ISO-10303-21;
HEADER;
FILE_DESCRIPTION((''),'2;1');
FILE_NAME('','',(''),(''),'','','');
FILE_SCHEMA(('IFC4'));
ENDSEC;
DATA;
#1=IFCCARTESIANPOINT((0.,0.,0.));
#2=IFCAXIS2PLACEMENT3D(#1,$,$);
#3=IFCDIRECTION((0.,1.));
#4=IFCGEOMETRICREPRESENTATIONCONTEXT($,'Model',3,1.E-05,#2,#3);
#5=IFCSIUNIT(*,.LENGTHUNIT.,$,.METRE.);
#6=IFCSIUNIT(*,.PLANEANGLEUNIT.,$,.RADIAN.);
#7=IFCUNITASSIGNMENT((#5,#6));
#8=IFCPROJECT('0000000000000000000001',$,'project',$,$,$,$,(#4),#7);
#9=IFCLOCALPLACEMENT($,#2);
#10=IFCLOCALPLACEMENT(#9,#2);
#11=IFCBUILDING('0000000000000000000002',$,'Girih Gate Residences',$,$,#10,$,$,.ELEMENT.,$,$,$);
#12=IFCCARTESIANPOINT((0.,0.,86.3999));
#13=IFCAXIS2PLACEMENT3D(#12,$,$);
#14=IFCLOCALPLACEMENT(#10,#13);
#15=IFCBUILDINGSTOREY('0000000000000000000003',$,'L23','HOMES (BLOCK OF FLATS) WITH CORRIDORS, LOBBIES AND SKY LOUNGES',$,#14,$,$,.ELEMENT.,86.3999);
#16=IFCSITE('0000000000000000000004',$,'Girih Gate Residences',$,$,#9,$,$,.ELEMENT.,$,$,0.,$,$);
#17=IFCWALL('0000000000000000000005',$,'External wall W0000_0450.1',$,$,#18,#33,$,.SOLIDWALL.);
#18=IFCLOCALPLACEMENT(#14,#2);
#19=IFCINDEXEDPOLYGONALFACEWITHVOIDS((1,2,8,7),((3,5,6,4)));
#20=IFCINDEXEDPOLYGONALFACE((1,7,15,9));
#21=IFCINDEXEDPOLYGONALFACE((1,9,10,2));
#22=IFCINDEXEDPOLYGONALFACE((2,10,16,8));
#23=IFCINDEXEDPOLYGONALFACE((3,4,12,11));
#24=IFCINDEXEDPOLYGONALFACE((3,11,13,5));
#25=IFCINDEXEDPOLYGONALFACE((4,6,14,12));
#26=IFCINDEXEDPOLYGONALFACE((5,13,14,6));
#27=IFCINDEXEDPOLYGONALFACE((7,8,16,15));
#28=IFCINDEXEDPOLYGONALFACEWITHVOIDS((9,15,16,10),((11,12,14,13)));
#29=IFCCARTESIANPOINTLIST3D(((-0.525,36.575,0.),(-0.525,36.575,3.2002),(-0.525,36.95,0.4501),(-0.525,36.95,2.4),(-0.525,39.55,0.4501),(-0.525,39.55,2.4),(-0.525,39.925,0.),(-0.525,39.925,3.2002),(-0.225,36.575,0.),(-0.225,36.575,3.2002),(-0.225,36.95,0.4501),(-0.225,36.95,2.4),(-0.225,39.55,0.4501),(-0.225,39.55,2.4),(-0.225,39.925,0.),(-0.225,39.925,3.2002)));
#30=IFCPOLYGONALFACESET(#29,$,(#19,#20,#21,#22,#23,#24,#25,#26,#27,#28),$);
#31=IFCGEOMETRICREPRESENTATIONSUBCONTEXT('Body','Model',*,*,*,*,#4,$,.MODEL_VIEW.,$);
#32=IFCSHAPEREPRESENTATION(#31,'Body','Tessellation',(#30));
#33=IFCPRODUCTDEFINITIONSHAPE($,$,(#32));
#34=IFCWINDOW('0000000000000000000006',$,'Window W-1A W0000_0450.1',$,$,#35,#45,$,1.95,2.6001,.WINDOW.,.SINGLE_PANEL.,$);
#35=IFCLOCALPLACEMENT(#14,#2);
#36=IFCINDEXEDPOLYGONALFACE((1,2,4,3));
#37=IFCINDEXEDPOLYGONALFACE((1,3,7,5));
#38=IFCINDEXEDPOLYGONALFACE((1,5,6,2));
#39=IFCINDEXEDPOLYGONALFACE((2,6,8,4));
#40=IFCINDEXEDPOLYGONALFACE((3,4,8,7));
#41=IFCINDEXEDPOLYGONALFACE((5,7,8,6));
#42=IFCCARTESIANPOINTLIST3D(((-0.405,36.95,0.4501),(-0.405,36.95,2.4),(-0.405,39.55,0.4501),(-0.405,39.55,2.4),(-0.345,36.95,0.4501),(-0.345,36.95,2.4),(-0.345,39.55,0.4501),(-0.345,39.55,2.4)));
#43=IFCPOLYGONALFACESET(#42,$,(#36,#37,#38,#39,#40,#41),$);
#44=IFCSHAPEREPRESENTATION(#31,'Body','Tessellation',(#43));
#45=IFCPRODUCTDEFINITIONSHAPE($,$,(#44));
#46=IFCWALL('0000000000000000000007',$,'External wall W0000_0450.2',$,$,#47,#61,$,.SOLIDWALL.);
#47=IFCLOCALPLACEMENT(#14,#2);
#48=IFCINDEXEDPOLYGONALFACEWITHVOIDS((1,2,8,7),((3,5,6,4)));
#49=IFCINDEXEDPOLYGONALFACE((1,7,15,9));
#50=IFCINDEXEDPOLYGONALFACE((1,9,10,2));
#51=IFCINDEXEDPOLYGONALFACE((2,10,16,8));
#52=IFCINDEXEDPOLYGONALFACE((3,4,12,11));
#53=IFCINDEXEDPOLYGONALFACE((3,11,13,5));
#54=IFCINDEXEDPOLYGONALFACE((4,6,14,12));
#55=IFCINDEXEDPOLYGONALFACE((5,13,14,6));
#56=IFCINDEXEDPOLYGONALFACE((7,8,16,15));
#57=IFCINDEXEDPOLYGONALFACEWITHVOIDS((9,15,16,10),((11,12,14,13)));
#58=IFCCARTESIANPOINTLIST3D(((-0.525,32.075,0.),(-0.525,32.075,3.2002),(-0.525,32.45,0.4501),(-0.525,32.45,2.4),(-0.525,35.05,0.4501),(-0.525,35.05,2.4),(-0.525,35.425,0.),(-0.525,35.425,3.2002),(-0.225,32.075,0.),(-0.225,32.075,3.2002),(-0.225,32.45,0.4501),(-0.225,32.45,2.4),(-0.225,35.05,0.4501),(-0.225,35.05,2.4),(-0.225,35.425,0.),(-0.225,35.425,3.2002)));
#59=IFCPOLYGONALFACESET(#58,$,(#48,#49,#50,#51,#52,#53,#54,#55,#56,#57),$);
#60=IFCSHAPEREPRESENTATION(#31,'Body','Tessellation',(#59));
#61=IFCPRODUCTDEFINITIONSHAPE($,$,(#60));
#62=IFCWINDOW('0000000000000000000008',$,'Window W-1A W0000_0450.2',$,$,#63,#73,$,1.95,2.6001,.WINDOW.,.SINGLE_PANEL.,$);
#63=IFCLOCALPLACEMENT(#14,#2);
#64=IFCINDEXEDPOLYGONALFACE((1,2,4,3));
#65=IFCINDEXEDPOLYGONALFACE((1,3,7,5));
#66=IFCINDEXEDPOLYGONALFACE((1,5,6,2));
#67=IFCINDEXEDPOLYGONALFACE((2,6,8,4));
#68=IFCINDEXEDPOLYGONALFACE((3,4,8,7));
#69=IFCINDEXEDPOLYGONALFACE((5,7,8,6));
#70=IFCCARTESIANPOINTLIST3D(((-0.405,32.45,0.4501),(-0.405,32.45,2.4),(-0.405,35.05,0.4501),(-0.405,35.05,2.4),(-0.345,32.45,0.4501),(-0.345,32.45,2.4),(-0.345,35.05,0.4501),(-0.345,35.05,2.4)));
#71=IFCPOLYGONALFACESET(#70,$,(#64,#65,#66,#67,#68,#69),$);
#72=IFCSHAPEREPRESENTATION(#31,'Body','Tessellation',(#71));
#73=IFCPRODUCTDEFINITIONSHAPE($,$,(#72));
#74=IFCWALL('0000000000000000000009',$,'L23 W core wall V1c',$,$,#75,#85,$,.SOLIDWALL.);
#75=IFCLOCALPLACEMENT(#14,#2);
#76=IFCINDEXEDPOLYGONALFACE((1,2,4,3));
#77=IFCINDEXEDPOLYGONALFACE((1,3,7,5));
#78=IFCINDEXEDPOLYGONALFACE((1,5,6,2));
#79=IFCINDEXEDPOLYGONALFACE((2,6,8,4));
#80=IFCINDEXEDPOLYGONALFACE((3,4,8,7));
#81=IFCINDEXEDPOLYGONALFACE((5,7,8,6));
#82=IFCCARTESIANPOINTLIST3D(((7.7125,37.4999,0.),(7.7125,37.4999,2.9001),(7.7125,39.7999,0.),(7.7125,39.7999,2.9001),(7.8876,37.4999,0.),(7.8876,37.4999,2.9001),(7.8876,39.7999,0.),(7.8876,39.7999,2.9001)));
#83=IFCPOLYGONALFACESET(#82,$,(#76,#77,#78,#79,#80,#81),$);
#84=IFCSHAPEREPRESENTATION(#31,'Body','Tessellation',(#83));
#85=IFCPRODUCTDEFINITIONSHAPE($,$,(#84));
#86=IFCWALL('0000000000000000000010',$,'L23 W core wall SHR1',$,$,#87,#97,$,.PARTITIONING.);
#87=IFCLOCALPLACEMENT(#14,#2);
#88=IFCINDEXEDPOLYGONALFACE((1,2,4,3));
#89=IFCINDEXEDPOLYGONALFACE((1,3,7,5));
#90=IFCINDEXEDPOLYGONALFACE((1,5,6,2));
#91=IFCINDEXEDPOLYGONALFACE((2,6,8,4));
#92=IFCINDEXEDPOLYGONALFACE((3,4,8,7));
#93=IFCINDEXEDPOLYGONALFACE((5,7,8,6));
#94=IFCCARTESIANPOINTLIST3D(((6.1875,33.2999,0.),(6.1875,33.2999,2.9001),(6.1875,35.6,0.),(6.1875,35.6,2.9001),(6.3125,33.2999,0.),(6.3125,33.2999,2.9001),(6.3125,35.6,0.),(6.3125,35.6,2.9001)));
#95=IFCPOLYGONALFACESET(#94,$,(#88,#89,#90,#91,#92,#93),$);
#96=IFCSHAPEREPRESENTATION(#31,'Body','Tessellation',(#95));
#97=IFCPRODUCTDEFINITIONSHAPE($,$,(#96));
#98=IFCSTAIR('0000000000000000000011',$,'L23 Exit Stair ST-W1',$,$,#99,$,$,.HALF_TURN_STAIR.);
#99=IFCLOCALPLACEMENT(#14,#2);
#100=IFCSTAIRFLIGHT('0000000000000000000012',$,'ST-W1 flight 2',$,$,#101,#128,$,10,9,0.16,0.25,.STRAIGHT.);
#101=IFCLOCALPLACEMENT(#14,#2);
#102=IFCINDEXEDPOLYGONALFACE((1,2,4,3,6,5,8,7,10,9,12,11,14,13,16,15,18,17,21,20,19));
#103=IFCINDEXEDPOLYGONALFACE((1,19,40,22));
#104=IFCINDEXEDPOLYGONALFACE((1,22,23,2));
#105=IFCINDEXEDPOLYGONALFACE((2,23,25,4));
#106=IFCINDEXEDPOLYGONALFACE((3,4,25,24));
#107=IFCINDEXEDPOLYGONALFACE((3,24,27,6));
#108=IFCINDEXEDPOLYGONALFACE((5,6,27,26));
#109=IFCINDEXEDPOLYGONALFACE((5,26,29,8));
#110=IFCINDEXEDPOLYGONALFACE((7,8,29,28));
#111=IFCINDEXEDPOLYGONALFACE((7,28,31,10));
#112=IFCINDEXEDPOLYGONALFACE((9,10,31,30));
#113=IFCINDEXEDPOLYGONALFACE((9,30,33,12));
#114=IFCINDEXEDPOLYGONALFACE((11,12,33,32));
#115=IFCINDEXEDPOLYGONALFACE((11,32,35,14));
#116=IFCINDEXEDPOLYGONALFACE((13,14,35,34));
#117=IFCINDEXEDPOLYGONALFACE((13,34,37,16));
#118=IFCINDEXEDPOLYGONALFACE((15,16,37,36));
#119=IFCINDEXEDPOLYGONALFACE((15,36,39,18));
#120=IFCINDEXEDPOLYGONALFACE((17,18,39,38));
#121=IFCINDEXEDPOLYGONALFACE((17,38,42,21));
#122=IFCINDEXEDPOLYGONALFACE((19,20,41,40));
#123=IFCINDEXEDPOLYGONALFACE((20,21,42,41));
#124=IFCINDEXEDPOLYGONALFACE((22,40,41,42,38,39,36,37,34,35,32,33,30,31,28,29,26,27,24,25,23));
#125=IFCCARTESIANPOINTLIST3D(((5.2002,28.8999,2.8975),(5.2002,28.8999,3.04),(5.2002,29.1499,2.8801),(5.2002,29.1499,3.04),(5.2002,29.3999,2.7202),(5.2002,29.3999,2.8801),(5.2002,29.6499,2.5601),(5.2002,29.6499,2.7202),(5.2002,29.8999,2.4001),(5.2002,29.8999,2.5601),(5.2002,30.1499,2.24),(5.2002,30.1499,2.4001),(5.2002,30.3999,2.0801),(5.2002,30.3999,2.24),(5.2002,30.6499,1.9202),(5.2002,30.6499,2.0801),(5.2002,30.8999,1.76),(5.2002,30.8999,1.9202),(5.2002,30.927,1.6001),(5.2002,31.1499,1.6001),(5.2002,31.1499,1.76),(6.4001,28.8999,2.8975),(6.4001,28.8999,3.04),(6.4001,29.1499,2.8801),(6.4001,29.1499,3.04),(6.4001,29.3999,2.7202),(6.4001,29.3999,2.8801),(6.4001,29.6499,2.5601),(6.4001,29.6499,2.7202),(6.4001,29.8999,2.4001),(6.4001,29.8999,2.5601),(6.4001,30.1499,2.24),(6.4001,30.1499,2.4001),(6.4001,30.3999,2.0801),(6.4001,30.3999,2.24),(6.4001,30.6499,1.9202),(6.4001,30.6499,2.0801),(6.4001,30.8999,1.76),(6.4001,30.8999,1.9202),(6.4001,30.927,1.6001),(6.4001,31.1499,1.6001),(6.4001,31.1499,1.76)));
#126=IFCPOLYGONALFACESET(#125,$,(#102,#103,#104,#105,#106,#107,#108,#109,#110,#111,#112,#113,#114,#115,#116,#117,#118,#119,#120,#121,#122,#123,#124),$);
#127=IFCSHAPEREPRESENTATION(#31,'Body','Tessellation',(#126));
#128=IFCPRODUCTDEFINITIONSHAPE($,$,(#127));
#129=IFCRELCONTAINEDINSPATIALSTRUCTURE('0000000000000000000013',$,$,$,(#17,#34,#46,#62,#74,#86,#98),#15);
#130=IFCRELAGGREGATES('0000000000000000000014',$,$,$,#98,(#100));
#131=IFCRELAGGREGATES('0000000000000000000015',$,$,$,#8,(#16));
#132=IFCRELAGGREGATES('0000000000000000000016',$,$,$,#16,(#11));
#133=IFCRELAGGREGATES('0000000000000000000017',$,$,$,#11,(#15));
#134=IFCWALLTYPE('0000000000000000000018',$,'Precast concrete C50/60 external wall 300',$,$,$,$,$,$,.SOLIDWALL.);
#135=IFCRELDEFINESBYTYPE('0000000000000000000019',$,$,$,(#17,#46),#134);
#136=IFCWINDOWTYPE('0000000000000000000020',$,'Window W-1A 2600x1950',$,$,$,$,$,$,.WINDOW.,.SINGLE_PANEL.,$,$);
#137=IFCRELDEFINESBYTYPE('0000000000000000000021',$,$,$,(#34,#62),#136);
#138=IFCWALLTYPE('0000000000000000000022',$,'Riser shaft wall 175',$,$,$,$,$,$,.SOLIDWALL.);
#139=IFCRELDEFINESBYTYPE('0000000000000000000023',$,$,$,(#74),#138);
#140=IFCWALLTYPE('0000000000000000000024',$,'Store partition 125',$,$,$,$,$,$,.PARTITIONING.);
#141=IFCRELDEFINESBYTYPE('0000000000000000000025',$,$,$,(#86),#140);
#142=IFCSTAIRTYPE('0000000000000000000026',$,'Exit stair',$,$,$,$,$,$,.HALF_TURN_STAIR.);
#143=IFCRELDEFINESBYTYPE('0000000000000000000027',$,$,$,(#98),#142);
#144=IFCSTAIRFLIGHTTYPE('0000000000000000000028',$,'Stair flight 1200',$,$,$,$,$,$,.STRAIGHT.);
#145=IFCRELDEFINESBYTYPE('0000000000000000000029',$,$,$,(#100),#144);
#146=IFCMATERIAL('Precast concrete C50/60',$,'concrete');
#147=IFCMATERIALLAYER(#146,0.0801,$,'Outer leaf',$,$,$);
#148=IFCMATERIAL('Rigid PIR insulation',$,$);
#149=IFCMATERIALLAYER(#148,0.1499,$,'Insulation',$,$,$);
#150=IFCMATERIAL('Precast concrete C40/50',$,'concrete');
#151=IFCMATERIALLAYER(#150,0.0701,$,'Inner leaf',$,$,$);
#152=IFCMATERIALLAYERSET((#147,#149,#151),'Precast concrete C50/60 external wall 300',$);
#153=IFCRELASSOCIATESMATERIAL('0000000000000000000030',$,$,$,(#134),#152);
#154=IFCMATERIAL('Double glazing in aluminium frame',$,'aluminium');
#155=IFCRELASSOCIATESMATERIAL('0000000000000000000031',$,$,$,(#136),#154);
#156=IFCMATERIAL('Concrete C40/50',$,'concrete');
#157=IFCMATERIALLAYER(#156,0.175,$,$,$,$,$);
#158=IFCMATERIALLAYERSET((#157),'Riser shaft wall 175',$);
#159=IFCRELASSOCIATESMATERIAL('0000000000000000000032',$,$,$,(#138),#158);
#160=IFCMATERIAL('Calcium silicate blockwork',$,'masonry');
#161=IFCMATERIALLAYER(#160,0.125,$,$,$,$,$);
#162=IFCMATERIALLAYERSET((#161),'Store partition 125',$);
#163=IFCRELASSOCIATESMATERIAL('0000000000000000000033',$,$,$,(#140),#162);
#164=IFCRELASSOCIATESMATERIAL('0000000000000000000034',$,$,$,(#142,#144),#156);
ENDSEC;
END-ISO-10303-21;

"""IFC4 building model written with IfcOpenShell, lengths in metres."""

from ifc_helpers import new_model, si_unit, direction, frame, frame_2d, origin, place, context, subcontext, project, spatial, polyline, rectangle, outline, extrude, material, layer, layer_set, type_object, element, fill, aggregate, save


model = new_model("IFC4")

# Units and contexts
model_context = context("Model", 3, precision=1e-05, world=origin(), true_north=direction((0.0, 1.0)))
body_context = subcontext(model_context, "Body", "Model", "MODEL_VIEW")
ifc_project = project(units=[si_unit("LENGTHUNIT", "METRE"), si_unit("PLANEANGLEUNIT", "RADIAN")], contexts=[model_context])

# Site, building, storey
site_placement = place(None, origin())
site = spatial("IfcSite", under=ifc_project, at=site_placement, Name="Girih Gate Residences", CompositionType="ELEMENT", RefElevation=0.0)
building_placement = place(site_placement, origin())
building = spatial("IfcBuilding", under=site, at=building_placement, Name="Girih Gate Residences", CompositionType="ELEMENT")
storey_placement = place(building_placement, frame((0.0, 0.0, 86.3999)))
storey = spatial("IfcBuildingStorey", under=building, at=storey_placement, Name="L23", Description="HOMES (BLOCK OF FLATS) WITH CORRIDORS, LOBBIES AND SKY LOUNGES", CompositionType="ELEMENT", Elevation=86.3999)

# Shared definitions
ifc_material_1 = material(Name="Concrete C40/50", Category="concrete")

# Walls, openings, windows
ifc_material_2 = material(Name="Precast concrete C50/60", Category="concrete")
ifc_layer_1 = layer(ifc_material_2, 0.0801, Name="Outer leaf")
ifc_material_3 = material(Name="Rigid PIR insulation")
ifc_layer_2 = layer(ifc_material_3, 0.1499, Name="Insulation")
ifc_material_4 = material(Name="Precast concrete C40/50", Category="concrete")
ifc_layer_3 = layer(ifc_material_4, 0.0701, Name="Inner leaf")
ifc_layer_set_1 = layer_set([ifc_layer_1, ifc_layer_2, ifc_layer_3], Name="Precast concrete C50/60 external wall 300")
wall_type_1 = type_object("IfcWallType", Name="Precast concrete C50/60 external wall 300", PredefinedType="SOLIDWALL", material=ifc_layer_set_1)
wall_1_placement = place(storey_placement, frame((-0.375, 36.575, 0.0), z_axis=(0.0, 0.0, 1.0), x_axis=(0.0, 1.0, 0.0)))
wall_1 = element("IfcWall", 1, at=wall_1_placement, inside=storey, type_object=wall_type_1, Name="External wall W0000_0450.1", PredefinedType="SOLIDWALL", context=body_context, shape_type="SweptSolid", body=[
    extrude(rectangle(XDim=3.3501, YDim=0.3, at=frame_2d((1.675, 0.0))), origin(), (0.0, 0.0, 1.0), 3.2002),
])
opening_1_placement = place(wall_1_placement, frame((0.375, 0.0, 0.45)))
opening_1 = element("IfcOpeningElement", 2, at=opening_1_placement, cuts=wall_1, PredefinedType="OPENING", context=body_context, shape_type="SweptSolid", body=[
    extrude(rectangle(XDim=2.6001, YDim=1.95, at=frame_2d((1.3, 0.9751))), frame((0.0, 0.1599, 0.0), z_axis=(0.0, -1.0, 0.0), x_axis=(1.0, 0.0, 0.0)), (0.0, 0.0, 1.0), 0.3201),
])
ifc_material_5 = material(Name="Double glazing in aluminium frame", Category="aluminium")
window_type = type_object("IfcWindowType", Name="Window W-1A 2600x1950", PartitioningType="SINGLE_PANEL", PredefinedType="WINDOW", material=ifc_material_5)
window_1_placement = place(opening_1_placement, origin())
window_1 = element("IfcWindow", 3, at=window_1_placement, inside=storey, type_object=window_type, Name="Window W-1A W0000_0450.1", OverallHeight=1.95, OverallWidth=2.6001, PartitioningType="SINGLE_PANEL", PredefinedType="WINDOW", context=body_context, shape_type="SweptSolid", body=[
    extrude(rectangle(XDim=2.6001, YDim=1.95, at=frame_2d((1.3, 0.9751))), frame((0.0, 0.03, 0.0), z_axis=(0.0, -1.0, 0.0), x_axis=(1.0, 0.0, 0.0)), (0.0, 0.0, 1.0), 0.0601),
])
fill(opening_1, window_1)
wall_2_placement = place(storey_placement, frame((-0.375, 32.075, 0.0), z_axis=(0.0, 0.0, 1.0), x_axis=(0.0, 1.0, 0.0)))
wall_2 = element("IfcWall", 4, at=wall_2_placement, inside=storey, type_object=wall_type_1, Name="External wall W0000_0450.2", PredefinedType="SOLIDWALL", context=body_context, shape_type="SweptSolid", body=[
    extrude(rectangle(XDim=3.3501, YDim=0.3, at=frame_2d((1.675, 0.0))), origin(), (0.0, 0.0, 1.0), 3.2002),
])
opening_2_placement = place(wall_2_placement, frame((0.375, 0.0, 0.45)))
opening_2 = element("IfcOpeningElement", 5, at=opening_2_placement, cuts=wall_2, PredefinedType="OPENING", context=body_context, shape_type="SweptSolid", body=[
    extrude(rectangle(XDim=2.6001, YDim=1.95, at=frame_2d((1.3, 0.9751))), frame((0.0, 0.1599, 0.0), z_axis=(0.0, -1.0, 0.0), x_axis=(1.0, 0.0, 0.0)), (0.0, 0.0, 1.0), 0.3201),
])
window_2_placement = place(opening_2_placement, origin())
window_2 = element("IfcWindow", 6, at=window_2_placement, inside=storey, type_object=window_type, Name="Window W-1A W0000_0450.2", OverallHeight=1.95, OverallWidth=2.6001, PartitioningType="SINGLE_PANEL", PredefinedType="WINDOW", context=body_context, shape_type="SweptSolid", body=[
    extrude(rectangle(XDim=2.6001, YDim=1.95, at=frame_2d((1.3, 0.9751))), frame((0.0, 0.03, 0.0), z_axis=(0.0, -1.0, 0.0), x_axis=(1.0, 0.0, 0.0)), (0.0, 0.0, 1.0), 0.0601),
])
fill(opening_2, window_2)

# Walls
ifc_layer_4 = layer(ifc_material_1, 0.175)
ifc_layer_set_2 = layer_set([ifc_layer_4], Name="Riser shaft wall 175")
wall_type_2 = type_object("IfcWallType", Name="Riser shaft wall 175", PredefinedType="SOLIDWALL", material=ifc_layer_set_2)
wall_3_placement = place(storey_placement, frame((7.8, 37.5, 0.0), z_axis=(0.0, 0.0, 1.0), x_axis=(0.0, 1.0, 0.0)))
element("IfcWall", 7, at=wall_3_placement, inside=storey, type_object=wall_type_2, Name="L23 W core wall V1c", PredefinedType="SOLIDWALL", context=body_context, shape_type="SweptSolid", body=[
    extrude(rectangle(XDim=2.3, YDim=0.175, at=frame_2d((1.1499, 0.0))), origin(), (0.0, 0.0, 1.0), 2.9001),
])
ifc_material_6 = material(Name="Calcium silicate blockwork", Category="masonry")
ifc_layer_5 = layer(ifc_material_6, 0.125)
ifc_layer_set_3 = layer_set([ifc_layer_5], Name="Store partition 125")
wall_type_3 = type_object("IfcWallType", Name="Store partition 125", PredefinedType="PARTITIONING", material=ifc_layer_set_3)
wall_4_placement = place(storey_placement, frame((6.25, 33.3, 0.0), z_axis=(0.0, 0.0, 1.0), x_axis=(0.0, 1.0, 0.0)))
element("IfcWall", 8, at=wall_4_placement, inside=storey, type_object=wall_type_3, Name="L23 W core wall SHR1", PredefinedType="PARTITIONING", context=body_context, shape_type="SweptSolid", body=[
    extrude(rectangle(XDim=2.3, YDim=0.125, at=frame_2d((1.1499, 0.0))), origin(), (0.0, 0.0, 1.0), 2.9001),
])

# Stair, stair flight
stair_type = type_object("IfcStairType", Name="Exit stair", PredefinedType="HALF_TURN_STAIR", material=ifc_material_1)
stair_placement = place(storey_placement, origin())
stair = element("IfcStair", 9, at=stair_placement, inside=storey, type_object=stair_type, Name="L23 Exit Stair ST-W1", PredefinedType="HALF_TURN_STAIR")
stair_flight_type = type_object("IfcStairFlightType", Name="Stair flight 1200", PredefinedType="STRAIGHT", material=ifc_material_1)
stair_flight_placement = place(storey_placement, frame((5.8, 31.1499, 1.6001), z_axis=(0.0, 0.0, 1.0), x_axis=(0.0, -1.0, 0.0)))
stair_flight = element("IfcStairFlight", 10, at=stair_flight_placement, type_object=stair_flight_type, Name="ST-W1 flight 2", NumberOfRisers=10, NumberOfTreads=9, PredefinedType="STRAIGHT", RiserHeight=0.16, TreadLength=0.25, context=body_context, shape_type="SweptSolid", body=[
    extrude(outline(polyline([(0.0, 0.0), (0.0, 0.1599), (0.25, 0.1599), (0.25, 0.3201), (0.5, 0.3201), (0.5, 0.48), (0.75, 0.48), (0.75, 0.6399), (1.0, 0.6399), (1.0, 0.8), (1.25, 0.8), (1.25, 0.96), (1.5, 0.96), (1.5, 1.1201), (1.75, 1.1201), (1.75, 1.28), (2.0, 1.28), (2.0, 1.4399), (2.25, 1.4399), (2.25, 1.6001), (2.25, 1.2974), (0.2229, 0.0), (0.0, 0.0)])), frame((0.0, 0.6001, 0.0), z_axis=(0.0, -1.0, 0.0), x_axis=(1.0, 0.0, 0.0)), (0.0, 0.0, 1.0), 1.2),
])
aggregate(stair, [stair_flight])

save(model, "model.ifc")
